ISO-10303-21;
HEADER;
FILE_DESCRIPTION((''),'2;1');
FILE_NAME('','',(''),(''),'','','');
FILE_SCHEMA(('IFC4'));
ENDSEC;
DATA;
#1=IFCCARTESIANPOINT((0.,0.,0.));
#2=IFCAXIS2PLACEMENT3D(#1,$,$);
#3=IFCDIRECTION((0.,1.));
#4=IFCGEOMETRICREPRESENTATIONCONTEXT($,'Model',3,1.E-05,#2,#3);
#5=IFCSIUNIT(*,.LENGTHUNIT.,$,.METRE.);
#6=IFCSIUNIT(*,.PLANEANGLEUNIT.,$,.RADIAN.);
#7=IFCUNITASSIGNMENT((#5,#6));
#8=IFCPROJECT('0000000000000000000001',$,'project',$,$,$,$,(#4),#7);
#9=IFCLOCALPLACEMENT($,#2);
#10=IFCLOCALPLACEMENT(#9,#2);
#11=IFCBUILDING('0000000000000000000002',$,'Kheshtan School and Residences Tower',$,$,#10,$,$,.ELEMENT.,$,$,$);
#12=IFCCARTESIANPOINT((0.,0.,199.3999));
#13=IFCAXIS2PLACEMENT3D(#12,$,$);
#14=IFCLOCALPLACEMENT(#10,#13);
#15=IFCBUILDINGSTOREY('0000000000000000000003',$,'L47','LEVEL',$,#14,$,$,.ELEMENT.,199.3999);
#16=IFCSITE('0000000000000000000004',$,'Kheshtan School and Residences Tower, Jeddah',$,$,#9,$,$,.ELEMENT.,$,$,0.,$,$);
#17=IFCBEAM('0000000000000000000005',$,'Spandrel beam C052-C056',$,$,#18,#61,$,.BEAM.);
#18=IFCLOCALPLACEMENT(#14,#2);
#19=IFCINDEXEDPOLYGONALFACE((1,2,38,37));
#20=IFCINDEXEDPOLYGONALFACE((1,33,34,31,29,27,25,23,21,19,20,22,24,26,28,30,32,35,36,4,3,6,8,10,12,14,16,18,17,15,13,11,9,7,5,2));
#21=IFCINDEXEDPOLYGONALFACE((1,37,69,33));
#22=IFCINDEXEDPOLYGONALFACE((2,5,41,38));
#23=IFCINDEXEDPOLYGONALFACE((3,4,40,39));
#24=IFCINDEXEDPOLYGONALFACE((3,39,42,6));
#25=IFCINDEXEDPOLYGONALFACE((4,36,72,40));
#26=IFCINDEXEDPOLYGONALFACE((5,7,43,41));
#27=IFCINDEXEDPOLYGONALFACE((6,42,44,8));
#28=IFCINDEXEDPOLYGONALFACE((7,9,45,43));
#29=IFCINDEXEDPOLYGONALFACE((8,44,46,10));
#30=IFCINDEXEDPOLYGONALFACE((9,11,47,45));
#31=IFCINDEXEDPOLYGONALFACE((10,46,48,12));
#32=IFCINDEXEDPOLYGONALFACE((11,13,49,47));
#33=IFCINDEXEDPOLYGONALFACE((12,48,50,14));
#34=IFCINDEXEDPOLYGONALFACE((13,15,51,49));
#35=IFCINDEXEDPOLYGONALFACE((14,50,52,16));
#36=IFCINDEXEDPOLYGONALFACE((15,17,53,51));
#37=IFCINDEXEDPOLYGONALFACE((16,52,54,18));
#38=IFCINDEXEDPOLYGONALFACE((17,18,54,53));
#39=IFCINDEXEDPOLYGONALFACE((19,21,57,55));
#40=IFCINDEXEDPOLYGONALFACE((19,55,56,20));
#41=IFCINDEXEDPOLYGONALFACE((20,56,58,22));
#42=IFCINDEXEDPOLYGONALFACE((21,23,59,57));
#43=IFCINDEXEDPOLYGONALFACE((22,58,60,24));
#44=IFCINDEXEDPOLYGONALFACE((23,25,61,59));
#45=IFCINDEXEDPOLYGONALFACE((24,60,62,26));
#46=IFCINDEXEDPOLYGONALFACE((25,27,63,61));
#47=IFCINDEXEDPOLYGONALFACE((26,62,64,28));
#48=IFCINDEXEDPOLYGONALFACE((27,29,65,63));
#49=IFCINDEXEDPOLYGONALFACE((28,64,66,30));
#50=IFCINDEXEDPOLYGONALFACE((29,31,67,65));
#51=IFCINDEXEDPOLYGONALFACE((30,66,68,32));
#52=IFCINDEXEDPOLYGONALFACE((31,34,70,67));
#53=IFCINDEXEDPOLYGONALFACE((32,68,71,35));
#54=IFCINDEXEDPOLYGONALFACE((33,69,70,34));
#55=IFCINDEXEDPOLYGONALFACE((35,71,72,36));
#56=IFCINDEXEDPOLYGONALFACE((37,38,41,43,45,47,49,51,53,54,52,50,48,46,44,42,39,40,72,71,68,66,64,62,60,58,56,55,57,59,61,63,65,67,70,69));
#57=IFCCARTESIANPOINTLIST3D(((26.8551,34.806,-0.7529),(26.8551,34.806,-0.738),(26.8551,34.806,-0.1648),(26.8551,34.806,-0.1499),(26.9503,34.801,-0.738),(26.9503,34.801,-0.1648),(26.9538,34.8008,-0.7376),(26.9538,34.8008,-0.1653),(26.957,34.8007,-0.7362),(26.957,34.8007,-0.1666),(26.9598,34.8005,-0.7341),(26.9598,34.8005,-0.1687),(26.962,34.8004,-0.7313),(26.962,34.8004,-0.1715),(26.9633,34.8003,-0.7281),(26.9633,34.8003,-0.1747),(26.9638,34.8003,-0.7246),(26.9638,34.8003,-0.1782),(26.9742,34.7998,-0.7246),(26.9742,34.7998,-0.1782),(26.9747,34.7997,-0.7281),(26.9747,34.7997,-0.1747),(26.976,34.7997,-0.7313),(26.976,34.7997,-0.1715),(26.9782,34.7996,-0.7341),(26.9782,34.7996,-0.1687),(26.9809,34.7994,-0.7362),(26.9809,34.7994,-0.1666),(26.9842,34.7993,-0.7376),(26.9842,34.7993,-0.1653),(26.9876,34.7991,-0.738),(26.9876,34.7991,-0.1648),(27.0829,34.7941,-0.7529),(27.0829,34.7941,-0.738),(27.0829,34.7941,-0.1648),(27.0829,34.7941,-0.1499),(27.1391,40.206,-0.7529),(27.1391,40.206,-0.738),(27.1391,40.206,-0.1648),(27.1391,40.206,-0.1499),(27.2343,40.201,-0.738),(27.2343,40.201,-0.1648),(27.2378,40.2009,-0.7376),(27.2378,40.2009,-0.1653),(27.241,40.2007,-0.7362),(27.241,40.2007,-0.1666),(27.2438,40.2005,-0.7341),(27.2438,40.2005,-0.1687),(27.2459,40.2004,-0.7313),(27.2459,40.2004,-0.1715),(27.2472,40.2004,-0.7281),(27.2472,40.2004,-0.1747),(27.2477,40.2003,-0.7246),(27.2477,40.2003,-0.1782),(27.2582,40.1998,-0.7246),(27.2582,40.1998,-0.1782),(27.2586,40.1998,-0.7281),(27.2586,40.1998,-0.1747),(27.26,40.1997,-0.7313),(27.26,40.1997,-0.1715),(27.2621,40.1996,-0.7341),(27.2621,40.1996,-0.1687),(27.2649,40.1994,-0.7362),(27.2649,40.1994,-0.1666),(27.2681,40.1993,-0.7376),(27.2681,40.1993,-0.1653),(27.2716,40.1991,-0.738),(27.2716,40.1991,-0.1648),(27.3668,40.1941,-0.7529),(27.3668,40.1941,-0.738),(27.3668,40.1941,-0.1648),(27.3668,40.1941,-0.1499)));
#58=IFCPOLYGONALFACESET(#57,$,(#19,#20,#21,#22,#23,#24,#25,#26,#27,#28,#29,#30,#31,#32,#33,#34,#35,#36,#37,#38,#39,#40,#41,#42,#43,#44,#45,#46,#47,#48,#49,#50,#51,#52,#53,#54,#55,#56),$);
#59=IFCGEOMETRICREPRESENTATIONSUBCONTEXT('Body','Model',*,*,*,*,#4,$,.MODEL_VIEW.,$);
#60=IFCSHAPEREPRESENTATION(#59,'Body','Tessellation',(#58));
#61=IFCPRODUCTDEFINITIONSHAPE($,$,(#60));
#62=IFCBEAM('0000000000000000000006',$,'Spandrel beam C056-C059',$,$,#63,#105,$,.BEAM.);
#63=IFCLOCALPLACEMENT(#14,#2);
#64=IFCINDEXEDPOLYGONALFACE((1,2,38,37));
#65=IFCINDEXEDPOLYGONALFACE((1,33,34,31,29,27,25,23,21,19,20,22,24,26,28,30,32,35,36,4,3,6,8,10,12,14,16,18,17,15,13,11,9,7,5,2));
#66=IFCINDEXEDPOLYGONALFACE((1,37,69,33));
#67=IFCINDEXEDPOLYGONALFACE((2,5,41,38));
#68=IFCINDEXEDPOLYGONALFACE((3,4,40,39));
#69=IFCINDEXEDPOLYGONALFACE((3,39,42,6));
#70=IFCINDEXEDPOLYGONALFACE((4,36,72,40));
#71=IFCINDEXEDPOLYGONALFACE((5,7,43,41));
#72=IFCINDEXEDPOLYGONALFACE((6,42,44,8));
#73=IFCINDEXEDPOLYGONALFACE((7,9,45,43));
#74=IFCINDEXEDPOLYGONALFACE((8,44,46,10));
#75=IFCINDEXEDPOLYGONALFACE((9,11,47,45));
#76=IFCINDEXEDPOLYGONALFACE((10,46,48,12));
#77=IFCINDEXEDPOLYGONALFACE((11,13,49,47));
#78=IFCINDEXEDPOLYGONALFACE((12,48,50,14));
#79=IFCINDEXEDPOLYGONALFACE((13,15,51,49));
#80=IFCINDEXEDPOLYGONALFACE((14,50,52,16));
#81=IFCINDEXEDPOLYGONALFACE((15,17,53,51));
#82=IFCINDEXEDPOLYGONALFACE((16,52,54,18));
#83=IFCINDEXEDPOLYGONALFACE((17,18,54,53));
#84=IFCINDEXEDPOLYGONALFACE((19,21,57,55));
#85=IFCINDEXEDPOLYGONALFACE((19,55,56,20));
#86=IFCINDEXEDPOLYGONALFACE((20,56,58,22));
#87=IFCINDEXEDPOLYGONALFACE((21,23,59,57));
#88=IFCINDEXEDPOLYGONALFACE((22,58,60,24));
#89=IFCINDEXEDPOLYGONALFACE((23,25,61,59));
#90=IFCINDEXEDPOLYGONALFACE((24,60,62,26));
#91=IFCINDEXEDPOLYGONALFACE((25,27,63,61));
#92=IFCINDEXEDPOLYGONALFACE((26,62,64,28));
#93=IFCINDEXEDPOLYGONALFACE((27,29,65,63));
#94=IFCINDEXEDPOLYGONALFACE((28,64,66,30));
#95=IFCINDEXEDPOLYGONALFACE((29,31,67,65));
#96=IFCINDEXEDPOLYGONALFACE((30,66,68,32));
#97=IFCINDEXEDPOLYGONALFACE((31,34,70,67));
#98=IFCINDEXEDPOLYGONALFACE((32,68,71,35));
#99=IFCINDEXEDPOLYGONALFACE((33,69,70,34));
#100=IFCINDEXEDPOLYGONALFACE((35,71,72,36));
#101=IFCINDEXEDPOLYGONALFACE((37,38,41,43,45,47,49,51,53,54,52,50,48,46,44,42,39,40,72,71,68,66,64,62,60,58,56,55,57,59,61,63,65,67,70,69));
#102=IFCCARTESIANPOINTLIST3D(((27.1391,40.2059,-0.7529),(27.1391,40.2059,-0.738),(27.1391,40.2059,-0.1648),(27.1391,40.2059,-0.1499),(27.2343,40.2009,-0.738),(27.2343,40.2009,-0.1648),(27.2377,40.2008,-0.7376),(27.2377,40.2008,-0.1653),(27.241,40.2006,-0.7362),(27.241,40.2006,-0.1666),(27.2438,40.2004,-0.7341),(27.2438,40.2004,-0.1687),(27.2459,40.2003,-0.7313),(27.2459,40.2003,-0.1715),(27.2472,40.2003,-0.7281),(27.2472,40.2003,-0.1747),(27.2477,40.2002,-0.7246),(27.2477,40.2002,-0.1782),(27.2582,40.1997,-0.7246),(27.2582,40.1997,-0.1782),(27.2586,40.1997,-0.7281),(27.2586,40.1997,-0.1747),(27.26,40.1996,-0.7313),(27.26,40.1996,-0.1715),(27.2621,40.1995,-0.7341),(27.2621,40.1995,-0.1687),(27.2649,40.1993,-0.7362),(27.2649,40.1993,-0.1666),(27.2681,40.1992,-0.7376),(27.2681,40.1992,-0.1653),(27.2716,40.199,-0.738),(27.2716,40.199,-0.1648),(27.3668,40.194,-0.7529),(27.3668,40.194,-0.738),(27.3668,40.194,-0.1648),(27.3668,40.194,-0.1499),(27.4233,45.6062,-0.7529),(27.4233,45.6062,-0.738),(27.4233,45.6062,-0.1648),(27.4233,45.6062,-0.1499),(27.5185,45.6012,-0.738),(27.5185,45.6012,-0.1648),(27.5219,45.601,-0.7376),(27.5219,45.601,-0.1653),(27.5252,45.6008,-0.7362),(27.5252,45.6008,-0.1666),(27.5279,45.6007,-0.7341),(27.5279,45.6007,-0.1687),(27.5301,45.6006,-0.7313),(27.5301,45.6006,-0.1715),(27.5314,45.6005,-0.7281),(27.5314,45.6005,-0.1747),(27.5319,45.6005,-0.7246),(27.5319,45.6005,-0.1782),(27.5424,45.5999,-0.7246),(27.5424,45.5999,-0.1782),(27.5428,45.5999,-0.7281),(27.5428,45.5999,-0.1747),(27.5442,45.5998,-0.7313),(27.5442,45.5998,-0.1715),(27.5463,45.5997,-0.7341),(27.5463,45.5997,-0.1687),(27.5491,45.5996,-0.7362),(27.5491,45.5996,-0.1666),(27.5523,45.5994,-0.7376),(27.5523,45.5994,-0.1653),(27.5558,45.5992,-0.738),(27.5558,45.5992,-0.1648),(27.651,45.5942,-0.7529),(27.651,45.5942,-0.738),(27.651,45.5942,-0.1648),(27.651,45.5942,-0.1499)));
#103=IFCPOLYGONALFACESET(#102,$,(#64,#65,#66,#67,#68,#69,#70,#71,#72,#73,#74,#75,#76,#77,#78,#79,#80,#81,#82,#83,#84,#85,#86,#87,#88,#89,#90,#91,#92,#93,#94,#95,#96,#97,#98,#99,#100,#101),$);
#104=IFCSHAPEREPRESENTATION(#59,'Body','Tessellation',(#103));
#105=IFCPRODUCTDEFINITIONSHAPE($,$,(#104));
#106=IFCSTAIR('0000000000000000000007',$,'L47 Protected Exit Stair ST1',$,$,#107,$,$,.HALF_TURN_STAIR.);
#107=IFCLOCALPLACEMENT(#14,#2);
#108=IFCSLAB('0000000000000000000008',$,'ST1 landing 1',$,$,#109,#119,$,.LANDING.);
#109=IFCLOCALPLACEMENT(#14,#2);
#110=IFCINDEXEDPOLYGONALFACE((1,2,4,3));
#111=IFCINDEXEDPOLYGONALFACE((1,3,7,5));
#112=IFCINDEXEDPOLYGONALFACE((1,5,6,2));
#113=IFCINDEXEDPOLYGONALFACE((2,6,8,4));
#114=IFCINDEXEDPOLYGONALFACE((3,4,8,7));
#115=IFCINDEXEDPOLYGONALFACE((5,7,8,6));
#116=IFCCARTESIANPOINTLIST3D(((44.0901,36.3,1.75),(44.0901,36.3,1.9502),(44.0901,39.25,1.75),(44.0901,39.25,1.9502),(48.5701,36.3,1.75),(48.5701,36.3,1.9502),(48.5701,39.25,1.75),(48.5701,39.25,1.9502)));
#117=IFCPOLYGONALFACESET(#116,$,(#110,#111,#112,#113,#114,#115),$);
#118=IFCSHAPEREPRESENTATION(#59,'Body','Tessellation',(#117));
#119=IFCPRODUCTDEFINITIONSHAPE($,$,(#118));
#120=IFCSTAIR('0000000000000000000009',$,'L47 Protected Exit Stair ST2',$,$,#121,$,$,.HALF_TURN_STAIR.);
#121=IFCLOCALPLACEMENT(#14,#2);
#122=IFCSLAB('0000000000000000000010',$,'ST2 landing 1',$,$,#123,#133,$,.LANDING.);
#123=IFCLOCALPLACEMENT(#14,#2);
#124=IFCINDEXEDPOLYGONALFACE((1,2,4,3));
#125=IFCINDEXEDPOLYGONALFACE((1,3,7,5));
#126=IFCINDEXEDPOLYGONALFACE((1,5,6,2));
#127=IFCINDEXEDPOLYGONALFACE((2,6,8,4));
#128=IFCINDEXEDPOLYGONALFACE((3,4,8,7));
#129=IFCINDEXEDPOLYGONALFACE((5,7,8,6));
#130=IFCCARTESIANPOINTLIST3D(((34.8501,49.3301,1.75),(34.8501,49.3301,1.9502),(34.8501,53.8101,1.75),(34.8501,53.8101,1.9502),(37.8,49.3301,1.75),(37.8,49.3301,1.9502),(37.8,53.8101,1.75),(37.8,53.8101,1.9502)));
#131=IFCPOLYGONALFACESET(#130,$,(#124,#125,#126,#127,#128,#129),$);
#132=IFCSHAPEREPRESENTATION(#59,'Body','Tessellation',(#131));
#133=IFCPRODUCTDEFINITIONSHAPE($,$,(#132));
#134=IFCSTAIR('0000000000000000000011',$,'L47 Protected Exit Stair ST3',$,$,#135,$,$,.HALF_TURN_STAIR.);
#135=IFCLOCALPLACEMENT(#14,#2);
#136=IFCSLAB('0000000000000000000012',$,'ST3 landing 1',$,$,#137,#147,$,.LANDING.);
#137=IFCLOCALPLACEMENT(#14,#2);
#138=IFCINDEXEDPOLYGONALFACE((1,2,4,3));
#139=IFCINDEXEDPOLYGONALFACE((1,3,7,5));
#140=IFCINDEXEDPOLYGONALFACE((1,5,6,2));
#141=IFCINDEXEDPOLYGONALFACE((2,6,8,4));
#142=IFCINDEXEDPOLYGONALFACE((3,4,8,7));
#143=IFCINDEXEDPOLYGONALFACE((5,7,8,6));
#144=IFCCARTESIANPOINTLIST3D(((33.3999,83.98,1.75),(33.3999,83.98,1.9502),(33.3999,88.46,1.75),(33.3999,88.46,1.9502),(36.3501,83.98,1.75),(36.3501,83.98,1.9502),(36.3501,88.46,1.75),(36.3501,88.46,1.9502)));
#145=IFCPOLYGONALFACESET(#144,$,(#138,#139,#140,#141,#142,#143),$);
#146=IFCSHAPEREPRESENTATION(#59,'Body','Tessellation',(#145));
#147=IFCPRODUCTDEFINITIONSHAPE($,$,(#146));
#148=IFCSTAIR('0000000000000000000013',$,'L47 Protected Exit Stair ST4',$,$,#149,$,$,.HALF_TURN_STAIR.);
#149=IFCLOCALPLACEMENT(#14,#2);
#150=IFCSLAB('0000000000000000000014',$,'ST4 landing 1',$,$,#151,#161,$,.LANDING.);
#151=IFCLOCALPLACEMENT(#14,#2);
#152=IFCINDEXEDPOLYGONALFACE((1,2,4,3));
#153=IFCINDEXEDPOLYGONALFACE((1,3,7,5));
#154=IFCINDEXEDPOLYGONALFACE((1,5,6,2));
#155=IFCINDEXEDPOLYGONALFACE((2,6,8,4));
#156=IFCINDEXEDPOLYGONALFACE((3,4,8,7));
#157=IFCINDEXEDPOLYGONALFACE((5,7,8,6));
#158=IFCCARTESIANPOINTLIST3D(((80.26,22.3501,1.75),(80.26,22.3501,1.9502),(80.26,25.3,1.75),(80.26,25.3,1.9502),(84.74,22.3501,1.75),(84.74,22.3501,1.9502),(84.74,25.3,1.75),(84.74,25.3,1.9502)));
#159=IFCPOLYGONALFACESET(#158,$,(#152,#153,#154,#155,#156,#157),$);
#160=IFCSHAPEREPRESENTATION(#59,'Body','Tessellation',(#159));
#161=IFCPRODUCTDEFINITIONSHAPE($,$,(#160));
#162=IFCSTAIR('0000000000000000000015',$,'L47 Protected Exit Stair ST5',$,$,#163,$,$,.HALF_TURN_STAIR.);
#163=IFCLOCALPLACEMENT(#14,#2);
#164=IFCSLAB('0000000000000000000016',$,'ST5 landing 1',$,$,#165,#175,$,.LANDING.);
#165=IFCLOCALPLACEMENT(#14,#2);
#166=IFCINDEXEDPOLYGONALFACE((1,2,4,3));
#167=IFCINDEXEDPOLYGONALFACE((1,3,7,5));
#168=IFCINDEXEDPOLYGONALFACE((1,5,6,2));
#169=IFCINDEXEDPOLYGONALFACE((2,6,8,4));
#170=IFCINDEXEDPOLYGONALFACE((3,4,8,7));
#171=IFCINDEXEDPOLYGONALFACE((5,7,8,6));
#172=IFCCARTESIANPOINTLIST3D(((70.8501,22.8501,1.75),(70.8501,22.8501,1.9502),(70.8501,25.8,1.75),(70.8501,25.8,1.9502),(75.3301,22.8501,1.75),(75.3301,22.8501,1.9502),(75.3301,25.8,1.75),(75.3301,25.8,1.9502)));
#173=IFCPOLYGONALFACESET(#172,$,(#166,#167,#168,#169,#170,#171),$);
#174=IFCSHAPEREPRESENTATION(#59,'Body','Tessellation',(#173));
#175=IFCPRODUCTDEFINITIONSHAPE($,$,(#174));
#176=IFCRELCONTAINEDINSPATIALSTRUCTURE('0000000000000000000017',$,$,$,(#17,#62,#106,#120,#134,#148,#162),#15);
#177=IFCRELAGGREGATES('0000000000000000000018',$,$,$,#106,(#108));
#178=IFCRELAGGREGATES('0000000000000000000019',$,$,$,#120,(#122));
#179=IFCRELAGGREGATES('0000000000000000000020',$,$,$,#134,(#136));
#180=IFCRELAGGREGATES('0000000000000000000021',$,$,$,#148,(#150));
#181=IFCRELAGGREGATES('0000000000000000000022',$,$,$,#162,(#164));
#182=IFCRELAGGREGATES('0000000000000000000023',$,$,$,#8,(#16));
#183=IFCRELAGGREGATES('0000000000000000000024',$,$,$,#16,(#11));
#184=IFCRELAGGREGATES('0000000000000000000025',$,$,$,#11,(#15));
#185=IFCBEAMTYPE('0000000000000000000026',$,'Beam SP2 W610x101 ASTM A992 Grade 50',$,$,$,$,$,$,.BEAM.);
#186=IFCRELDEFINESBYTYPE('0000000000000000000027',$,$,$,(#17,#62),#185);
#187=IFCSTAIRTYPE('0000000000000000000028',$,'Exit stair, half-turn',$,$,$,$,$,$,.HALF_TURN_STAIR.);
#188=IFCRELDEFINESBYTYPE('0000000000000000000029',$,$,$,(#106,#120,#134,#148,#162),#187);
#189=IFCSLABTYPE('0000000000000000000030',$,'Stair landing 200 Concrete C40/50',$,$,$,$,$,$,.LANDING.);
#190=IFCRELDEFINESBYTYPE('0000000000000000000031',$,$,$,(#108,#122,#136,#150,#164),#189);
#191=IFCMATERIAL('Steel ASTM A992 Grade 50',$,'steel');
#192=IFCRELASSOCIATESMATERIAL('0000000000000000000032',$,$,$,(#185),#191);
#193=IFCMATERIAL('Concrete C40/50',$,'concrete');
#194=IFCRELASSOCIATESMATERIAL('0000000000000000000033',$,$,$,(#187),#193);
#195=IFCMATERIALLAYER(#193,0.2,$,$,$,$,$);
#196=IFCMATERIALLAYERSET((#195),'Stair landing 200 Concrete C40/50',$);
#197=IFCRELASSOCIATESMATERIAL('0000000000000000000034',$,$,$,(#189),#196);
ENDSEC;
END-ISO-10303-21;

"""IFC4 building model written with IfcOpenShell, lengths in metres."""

from ifc_helpers import new_model, si_unit, direction, frame, origin, origin_2d, place, context, subcontext, project, spatial, polyline, i_section, outline, extrude, material, layer, layer_set, material_profile, profile_set, type_object, element, aggregate, save


model = new_model("IFC4")

# Units and contexts
model_context = context("Model", 3, precision=1e-05, world=origin(), true_north=direction((0.0, 1.0)))
body_context = subcontext(model_context, "Body", "Model", "MODEL_VIEW")
ifc_project = project(units=[si_unit("LENGTHUNIT", "METRE"), si_unit("PLANEANGLEUNIT", "RADIAN")], contexts=[model_context])

# Site, building, storey
site_placement = place(None, origin())
site = spatial("IfcSite", under=ifc_project, at=site_placement, Name="Kheshtan School and Residences Tower, Jeddah", CompositionType="ELEMENT", RefElevation=0.0)
building_placement = place(site_placement, origin())
building = spatial("IfcBuilding", under=site, at=building_placement, Name="Kheshtan School and Residences Tower", CompositionType="ELEMENT")
storey_placement = place(building_placement, frame((0.0, 0.0, 199.3999)))
storey = spatial("IfcBuildingStorey", under=building, at=storey_placement, Name="L47", Description="LEVEL", CompositionType="ELEMENT", Elevation=199.3999)

# Shared definitions
ifc_material_1 = material(Name="Steel ASTM A992 Grade 50", Category="steel")

# Beams
ifc_material_profile_1 = material_profile(ifc_material_1, i_section(OverallWidth=0.228, OverallDepth=0.603, WebThickness=0.0105, FlangeThickness=0.0149, FilletRadius=0.0134, at=origin_2d()), Name="W610x101")
ifc_profile_set_1 = profile_set([ifc_material_profile_1], Name="Steel ASTM A992 Grade 50")
beam_type_1 = type_object("IfcBeamType", Name="Beam SP2 W610x101 ASTM A992 Grade 50", PredefinedType="BEAM", material=ifc_profile_set_1)
beam_1_placement = place(storey_placement, frame((26.969, 34.8, -0.4514), z_axis=(0.052509, 0.99862, 0.0), x_axis=(-0.99862, 0.052509, 0.0)))
element("IfcBeam", 1, at=beam_1_placement, inside=storey, type_object=beam_type_1, Name="Spandrel beam C052-C056", PredefinedType="BEAM", context=body_context, shape_type="SweptSolid", body=[
    extrude(i_section(OverallWidth=0.228, OverallDepth=0.603, WebThickness=0.0105, FlangeThickness=0.0149, FilletRadius=0.0134, at=origin_2d()), origin(), (0.0, 0.0, 1.0), 5.4075),
])
beam_2_placement = place(storey_placement, frame((27.2529, 40.2, -0.4514), z_axis=(0.052552, 0.998618, 0.0), x_axis=(-0.998618, 0.052552, 0.0)))
element("IfcBeam", 2, at=beam_2_placement, inside=storey, type_object=beam_type_1, Name="Spandrel beam C056-C059", PredefinedType="BEAM", context=body_context, shape_type="SweptSolid", body=[
    extrude(i_section(OverallWidth=0.228, OverallDepth=0.603, WebThickness=0.0105, FlangeThickness=0.0149, FilletRadius=0.0134, at=origin_2d()), origin(), (0.0, 0.0, 1.0), 5.4077),
])

# Shared definitions
ifc_material_2 = material(Name="Concrete C40/50", Category="concrete")

# Stairs, slabs
stair_type = type_object("IfcStairType", Name="Exit stair, half-turn", PredefinedType="HALF_TURN_STAIR", material=ifc_material_2)
stair_1_placement = place(storey_placement, origin())
stair_1 = element("IfcStair", 3, at=stair_1_placement, inside=storey, type_object=stair_type, Name="L47 Protected Exit Stair ST1", PredefinedType="HALF_TURN_STAIR")
ifc_layer_1 = layer(ifc_material_2, 0.2)
ifc_layer_set_1 = layer_set([ifc_layer_1], Name="Stair landing 200 Concrete C40/50")
slab_type_1 = type_object("IfcSlabType", Name="Stair landing 200 Concrete C40/50", PredefinedType="LANDING", material=ifc_layer_set_1)
slab_1_placement = place(storey_placement, frame((0.0, 0.0, 1.75)))
slab_1 = element("IfcSlab", 4, at=slab_1_placement, type_object=slab_type_1, Name="ST1 landing 1", PredefinedType="LANDING", context=body_context, shape_type="SweptSolid", body=[
    extrude(outline(polyline([(48.5701, 39.25), (44.0901, 39.25), (44.0901, 36.3), (48.5701, 36.3), (48.5701, 39.25)])), origin(), (0.0, 0.0, 1.0), 0.2002),
])
aggregate(stair_1, [slab_1])
stair_2_placement = place(storey_placement, origin())
stair_2 = element("IfcStair", 5, at=stair_2_placement, inside=storey, type_object=stair_type, Name="L47 Protected Exit Stair ST2", PredefinedType="HALF_TURN_STAIR")
slab_2_placement = place(storey_placement, frame((0.0, 0.0, 1.75)))
slab_2 = element("IfcSlab", 6, at=slab_2_placement, type_object=slab_type_1, Name="ST2 landing 1", PredefinedType="LANDING", context=body_context, shape_type="SweptSolid", body=[
    extrude(outline(polyline([(37.8, 49.3301), (37.8, 53.8101), (34.8501, 53.8101), (34.8501, 49.3301), (37.8, 49.3301)])), origin(), (0.0, 0.0, 1.0), 0.2002),
])
aggregate(stair_2, [slab_2])
stair_3_placement = place(storey_placement, origin())
stair_3 = element("IfcStair", 7, at=stair_3_placement, inside=storey, type_object=stair_type, Name="L47 Protected Exit Stair ST3", PredefinedType="HALF_TURN_STAIR")
slab_3_placement = place(storey_placement, frame((0.0, 0.0, 1.75)))
slab_3 = element("IfcSlab", 8, at=slab_3_placement, type_object=slab_type_1, Name="ST3 landing 1", PredefinedType="LANDING", context=body_context, shape_type="SweptSolid", body=[
    extrude(outline(polyline([(36.3501, 83.98), (36.3501, 88.46), (33.3999, 88.46), (33.3999, 83.98), (36.3501, 83.98)])), origin(), (0.0, 0.0, 1.0), 0.2002),
])
aggregate(stair_3, [slab_3])
stair_4_placement = place(storey_placement, origin())
stair_4 = element("IfcStair", 9, at=stair_4_placement, inside=storey, type_object=stair_type, Name="L47 Protected Exit Stair ST4", PredefinedType="HALF_TURN_STAIR")
slab_4_placement = place(storey_placement, frame((0.0, 0.0, 1.75)))
slab_4 = element("IfcSlab", 10, at=slab_4_placement, type_object=slab_type_1, Name="ST4 landing 1", PredefinedType="LANDING", context=body_context, shape_type="SweptSolid", body=[
    extrude(outline(polyline([(84.74, 25.3), (80.26, 25.3), (80.26, 22.3501), (84.74, 22.3501), (84.74, 25.3)])), origin(), (0.0, 0.0, 1.0), 0.2002),
])
aggregate(stair_4, [slab_4])
stair_5_placement = place(storey_placement, origin())
stair_5 = element("IfcStair", 11, at=stair_5_placement, inside=storey, type_object=stair_type, Name="L47 Protected Exit Stair ST5", PredefinedType="HALF_TURN_STAIR")
slab_5_placement = place(storey_placement, frame((0.0, 0.0, 1.75)))
slab_5 = element("IfcSlab", 12, at=slab_5_placement, type_object=slab_type_1, Name="ST5 landing 1", PredefinedType="LANDING", context=body_context, shape_type="SweptSolid", body=[
    extrude(outline(polyline([(75.3301, 25.8), (70.8501, 25.8), (70.8501, 22.8501), (75.3301, 22.8501), (75.3301, 25.8)])), origin(), (0.0, 0.0, 1.0), 0.2002),
])
aggregate(stair_5, [slab_5])

save(model, "model.ifc")
